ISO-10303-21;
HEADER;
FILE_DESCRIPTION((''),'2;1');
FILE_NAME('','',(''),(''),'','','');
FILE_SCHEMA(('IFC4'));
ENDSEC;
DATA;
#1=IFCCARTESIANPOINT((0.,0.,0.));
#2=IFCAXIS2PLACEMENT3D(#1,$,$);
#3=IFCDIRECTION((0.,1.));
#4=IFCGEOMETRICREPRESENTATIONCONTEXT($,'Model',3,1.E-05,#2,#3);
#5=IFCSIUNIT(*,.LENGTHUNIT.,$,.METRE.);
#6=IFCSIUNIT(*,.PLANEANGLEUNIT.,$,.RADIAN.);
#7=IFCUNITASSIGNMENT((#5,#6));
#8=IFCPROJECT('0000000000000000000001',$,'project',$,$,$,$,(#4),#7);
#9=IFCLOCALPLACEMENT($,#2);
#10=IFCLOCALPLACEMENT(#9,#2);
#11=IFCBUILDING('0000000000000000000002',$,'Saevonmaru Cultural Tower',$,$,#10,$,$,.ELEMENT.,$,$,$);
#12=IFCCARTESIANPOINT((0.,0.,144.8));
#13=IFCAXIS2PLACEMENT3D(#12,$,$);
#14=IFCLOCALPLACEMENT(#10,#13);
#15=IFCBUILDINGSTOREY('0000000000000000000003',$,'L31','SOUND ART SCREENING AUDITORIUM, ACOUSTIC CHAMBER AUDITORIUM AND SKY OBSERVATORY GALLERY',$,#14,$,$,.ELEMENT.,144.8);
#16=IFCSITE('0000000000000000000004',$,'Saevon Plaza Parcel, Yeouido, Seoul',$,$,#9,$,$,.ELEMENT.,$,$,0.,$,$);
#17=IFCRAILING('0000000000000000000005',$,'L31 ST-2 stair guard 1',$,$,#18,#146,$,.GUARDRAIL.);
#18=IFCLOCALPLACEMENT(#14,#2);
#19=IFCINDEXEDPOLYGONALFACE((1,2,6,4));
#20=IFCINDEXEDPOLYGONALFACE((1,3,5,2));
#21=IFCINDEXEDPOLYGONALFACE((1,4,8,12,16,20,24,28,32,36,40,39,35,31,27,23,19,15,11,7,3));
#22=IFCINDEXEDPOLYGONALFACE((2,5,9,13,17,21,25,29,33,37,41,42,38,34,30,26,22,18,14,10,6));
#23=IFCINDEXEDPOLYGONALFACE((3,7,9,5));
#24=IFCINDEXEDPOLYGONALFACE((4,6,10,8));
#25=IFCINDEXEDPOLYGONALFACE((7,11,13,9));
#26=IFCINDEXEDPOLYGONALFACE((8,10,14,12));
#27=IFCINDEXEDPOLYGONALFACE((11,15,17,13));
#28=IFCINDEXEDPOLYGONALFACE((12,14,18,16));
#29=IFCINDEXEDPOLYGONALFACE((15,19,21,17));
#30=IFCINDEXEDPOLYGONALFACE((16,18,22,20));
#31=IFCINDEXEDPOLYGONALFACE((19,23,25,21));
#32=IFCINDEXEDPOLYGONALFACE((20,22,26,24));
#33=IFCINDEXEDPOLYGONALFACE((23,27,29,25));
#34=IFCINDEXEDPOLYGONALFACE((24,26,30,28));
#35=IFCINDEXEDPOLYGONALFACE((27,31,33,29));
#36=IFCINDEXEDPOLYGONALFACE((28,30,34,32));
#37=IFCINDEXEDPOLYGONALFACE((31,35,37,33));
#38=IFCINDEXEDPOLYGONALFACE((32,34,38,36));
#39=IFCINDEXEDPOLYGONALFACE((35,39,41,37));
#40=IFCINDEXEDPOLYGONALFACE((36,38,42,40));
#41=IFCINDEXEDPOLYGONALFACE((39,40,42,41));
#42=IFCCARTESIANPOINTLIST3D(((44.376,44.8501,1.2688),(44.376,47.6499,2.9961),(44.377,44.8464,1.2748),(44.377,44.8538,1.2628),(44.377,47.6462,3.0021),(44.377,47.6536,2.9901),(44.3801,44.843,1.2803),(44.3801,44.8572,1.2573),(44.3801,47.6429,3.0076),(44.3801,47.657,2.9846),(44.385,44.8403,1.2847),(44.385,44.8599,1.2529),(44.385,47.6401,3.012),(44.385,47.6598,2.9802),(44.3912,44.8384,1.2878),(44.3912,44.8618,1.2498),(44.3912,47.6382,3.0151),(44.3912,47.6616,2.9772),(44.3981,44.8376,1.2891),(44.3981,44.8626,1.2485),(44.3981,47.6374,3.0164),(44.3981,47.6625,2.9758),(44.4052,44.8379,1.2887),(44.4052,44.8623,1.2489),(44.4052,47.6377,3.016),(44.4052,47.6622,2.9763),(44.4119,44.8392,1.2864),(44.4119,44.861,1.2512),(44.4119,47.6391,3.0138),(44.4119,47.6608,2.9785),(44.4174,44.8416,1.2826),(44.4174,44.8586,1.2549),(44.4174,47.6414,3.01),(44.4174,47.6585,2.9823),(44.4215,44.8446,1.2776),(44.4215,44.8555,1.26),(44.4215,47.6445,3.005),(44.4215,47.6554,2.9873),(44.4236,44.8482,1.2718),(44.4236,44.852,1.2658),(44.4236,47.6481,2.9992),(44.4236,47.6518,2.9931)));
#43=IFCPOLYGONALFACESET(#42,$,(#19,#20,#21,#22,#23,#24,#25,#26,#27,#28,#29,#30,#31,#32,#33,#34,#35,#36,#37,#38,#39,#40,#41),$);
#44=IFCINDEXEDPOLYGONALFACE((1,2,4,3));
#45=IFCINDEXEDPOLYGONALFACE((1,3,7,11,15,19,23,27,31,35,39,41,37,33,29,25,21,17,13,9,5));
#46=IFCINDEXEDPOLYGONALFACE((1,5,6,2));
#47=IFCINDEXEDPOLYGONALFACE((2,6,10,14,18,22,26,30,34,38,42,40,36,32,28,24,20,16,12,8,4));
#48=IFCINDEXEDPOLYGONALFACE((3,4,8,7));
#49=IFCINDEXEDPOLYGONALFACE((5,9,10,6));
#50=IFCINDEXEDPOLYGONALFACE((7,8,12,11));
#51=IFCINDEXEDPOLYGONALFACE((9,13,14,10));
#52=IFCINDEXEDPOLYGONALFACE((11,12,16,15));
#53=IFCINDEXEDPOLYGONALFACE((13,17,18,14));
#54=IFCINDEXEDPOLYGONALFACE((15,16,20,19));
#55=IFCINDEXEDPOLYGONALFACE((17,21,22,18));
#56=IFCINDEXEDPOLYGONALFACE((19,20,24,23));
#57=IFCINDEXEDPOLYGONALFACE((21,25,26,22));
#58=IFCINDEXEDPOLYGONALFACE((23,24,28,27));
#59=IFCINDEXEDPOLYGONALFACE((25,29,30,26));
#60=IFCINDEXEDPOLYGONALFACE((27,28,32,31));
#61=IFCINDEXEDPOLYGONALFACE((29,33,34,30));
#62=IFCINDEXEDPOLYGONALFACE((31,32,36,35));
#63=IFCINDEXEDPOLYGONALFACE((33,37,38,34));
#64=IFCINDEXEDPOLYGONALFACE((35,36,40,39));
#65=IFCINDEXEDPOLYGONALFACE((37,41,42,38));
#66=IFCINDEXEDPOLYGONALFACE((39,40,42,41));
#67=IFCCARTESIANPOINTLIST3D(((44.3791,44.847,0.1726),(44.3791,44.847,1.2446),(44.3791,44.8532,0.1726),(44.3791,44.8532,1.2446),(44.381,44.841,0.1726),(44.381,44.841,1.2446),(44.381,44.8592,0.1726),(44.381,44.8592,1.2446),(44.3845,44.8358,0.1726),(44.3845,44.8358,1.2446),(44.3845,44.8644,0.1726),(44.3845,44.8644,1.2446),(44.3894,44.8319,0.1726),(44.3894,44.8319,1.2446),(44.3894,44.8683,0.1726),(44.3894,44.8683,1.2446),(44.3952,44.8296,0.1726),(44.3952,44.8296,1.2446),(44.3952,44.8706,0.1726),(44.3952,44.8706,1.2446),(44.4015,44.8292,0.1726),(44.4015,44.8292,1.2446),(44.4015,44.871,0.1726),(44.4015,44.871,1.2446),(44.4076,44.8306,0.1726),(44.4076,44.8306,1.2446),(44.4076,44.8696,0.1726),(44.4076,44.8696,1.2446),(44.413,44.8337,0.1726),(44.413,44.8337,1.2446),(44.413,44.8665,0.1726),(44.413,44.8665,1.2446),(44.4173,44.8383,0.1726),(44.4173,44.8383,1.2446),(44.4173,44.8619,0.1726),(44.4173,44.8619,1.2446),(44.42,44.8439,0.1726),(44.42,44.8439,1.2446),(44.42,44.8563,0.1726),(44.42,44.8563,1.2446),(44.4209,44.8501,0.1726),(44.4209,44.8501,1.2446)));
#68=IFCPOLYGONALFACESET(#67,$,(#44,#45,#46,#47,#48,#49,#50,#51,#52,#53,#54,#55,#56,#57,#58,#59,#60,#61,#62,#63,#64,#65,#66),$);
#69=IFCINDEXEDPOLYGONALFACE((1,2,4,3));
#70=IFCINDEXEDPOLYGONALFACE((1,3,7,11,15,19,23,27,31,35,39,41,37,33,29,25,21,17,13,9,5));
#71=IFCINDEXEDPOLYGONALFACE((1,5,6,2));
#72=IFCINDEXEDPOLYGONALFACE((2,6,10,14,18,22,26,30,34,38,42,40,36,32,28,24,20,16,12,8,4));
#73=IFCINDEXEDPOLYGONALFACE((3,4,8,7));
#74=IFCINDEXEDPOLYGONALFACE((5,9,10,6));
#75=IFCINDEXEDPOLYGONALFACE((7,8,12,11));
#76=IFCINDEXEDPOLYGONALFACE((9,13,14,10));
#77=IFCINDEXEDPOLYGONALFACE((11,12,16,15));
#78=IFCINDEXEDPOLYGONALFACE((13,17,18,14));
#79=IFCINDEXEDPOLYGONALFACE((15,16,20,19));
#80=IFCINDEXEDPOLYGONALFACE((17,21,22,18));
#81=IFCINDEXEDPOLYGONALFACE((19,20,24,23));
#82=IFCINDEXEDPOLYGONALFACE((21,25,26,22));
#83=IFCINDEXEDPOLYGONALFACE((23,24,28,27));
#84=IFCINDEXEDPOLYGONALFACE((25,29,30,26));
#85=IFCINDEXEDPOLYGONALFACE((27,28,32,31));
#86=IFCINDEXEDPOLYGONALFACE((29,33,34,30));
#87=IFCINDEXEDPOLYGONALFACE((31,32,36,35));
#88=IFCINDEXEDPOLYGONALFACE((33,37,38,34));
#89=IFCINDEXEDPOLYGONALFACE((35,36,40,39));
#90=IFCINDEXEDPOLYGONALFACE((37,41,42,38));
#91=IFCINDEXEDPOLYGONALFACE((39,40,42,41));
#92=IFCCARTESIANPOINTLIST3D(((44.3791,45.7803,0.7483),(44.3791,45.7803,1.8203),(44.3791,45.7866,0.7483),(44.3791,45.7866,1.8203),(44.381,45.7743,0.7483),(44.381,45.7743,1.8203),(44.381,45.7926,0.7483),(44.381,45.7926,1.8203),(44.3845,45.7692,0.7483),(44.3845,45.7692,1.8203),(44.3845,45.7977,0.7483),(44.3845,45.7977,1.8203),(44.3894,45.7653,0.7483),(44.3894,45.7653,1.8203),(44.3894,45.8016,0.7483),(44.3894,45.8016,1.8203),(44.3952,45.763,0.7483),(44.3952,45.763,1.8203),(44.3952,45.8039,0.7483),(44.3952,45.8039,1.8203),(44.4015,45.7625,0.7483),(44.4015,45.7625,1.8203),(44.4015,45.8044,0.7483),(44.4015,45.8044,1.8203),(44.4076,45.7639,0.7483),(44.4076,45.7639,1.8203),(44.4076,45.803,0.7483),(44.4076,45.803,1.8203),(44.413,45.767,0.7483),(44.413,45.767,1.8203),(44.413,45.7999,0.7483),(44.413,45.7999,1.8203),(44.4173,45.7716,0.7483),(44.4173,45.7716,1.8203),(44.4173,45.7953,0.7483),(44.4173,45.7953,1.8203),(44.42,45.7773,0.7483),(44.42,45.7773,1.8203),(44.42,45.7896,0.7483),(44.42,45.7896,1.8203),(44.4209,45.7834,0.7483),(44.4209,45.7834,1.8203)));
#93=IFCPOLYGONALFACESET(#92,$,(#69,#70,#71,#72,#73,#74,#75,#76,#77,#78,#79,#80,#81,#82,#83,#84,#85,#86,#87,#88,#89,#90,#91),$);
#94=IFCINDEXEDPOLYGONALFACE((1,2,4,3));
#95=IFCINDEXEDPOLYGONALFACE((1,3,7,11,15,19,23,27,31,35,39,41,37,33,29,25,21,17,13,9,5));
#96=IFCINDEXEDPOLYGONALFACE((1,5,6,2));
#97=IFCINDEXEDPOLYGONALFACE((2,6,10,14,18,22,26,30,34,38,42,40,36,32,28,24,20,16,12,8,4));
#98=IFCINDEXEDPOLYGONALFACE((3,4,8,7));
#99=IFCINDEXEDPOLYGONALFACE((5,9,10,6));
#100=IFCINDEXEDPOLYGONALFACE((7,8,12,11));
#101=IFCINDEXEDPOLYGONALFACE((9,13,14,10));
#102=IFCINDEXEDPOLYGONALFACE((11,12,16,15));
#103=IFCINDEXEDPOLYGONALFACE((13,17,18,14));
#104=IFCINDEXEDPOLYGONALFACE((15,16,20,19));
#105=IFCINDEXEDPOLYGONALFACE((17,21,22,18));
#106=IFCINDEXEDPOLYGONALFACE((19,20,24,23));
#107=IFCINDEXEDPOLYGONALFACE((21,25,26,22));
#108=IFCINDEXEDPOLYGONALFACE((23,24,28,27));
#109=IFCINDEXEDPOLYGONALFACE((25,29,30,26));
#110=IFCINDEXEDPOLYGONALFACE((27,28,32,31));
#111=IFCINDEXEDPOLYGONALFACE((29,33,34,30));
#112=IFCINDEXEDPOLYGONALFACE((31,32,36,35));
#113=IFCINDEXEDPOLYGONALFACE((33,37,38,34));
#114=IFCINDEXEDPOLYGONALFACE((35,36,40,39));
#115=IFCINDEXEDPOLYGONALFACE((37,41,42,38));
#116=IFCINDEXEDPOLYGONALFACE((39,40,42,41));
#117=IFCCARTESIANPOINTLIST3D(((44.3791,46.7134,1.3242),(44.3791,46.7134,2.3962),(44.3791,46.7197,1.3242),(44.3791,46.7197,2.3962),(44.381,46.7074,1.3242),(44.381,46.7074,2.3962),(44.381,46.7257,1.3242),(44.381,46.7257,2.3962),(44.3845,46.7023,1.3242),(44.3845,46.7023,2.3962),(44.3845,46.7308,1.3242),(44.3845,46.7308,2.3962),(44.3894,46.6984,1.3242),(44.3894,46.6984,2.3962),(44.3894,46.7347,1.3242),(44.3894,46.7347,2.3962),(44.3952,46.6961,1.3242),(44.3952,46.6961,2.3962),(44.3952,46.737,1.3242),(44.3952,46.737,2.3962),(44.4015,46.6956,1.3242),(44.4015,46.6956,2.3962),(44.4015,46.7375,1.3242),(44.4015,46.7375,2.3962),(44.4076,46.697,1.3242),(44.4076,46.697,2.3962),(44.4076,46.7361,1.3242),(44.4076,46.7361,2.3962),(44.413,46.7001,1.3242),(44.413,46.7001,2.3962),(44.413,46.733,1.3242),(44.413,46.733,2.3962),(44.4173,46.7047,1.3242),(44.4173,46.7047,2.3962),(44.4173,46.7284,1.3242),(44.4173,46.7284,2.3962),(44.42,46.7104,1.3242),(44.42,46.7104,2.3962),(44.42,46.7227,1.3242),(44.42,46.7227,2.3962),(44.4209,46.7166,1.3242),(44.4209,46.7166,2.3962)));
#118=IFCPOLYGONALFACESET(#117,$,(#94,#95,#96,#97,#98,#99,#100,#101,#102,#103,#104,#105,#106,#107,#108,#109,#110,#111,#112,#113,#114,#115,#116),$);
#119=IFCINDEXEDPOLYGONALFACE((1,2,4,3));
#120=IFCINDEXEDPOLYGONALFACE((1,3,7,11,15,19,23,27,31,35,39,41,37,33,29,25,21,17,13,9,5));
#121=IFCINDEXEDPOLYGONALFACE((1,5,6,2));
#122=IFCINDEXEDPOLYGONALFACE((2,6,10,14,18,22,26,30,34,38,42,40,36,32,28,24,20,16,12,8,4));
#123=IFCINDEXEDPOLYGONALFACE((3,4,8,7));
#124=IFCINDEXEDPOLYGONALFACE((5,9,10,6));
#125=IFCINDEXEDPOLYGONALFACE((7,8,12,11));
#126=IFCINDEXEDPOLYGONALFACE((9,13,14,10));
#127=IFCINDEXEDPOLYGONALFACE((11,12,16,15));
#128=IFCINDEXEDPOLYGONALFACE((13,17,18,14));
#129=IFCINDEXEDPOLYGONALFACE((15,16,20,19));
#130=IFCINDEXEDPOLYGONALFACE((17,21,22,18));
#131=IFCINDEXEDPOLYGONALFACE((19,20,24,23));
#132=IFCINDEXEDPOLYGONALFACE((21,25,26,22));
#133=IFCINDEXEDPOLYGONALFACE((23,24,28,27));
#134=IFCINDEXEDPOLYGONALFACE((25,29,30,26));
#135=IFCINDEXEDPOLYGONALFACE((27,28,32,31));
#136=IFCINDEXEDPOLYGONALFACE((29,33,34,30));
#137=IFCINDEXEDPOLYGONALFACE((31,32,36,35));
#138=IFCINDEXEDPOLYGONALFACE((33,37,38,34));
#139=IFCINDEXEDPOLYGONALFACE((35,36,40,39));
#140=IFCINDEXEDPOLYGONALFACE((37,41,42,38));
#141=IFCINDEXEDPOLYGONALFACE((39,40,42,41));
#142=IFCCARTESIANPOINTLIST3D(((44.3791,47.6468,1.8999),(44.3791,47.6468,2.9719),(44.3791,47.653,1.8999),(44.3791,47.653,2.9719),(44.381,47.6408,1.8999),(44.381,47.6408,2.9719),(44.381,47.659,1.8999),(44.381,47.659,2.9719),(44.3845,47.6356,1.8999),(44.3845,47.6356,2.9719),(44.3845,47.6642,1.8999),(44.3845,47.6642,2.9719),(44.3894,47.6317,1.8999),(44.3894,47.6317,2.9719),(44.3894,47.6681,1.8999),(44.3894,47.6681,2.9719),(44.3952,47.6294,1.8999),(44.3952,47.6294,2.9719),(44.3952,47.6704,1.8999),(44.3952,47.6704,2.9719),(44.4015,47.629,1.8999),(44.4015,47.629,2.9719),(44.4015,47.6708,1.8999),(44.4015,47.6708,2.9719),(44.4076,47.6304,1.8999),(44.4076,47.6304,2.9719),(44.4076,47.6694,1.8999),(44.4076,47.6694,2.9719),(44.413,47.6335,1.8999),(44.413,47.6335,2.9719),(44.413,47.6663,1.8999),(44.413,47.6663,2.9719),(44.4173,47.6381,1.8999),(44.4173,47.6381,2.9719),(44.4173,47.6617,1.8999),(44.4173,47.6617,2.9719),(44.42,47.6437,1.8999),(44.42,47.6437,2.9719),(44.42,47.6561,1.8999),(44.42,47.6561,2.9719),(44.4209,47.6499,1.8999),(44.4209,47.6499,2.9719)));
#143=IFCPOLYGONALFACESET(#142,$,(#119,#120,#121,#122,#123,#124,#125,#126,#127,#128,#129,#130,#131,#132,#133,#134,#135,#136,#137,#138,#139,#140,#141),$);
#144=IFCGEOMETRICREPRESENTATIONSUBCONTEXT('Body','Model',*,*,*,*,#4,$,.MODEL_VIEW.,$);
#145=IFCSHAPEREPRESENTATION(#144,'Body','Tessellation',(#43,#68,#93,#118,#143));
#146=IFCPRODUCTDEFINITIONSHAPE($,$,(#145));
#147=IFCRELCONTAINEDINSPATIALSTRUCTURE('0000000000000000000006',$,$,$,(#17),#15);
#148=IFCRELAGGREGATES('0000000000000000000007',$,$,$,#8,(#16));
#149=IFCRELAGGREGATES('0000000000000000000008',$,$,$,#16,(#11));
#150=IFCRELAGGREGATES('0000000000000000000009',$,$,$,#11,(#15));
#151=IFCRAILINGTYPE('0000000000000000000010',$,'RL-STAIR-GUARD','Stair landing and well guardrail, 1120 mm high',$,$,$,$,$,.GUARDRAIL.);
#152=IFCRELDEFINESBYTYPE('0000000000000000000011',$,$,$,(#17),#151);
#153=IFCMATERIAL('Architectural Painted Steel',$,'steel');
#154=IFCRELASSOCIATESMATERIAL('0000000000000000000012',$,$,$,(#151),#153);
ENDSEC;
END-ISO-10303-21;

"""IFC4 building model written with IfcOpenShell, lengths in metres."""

from ifc_helpers import new_model, si_unit, direction, frame, origin, origin_2d, place, context, subcontext, project, spatial, circle, extrude, material, type_object, element, save


model = new_model("IFC4")

# Units and contexts
model_context = context("Model", 3, precision=1e-05, world=origin(), true_north=direction((0.0, 1.0)))
body_context = subcontext(model_context, "Body", "Model", "MODEL_VIEW")
ifc_project = project(units=[si_unit("LENGTHUNIT", "METRE"), si_unit("PLANEANGLEUNIT", "RADIAN")], contexts=[model_context])

# Site, building, storey
site_placement = place(None, origin())
site = spatial("IfcSite", under=ifc_project, at=site_placement, Name="Saevon Plaza Parcel, Yeouido, Seoul", CompositionType="ELEMENT", RefElevation=0.0)
building_placement = place(site_placement, origin())
building = spatial("IfcBuilding", under=site, at=building_placement, Name="Saevonmaru Cultural Tower", CompositionType="ELEMENT")
storey_placement = place(building_placement, frame((0.0, 0.0, 144.8)))
storey = spatial("IfcBuildingStorey", under=building, at=storey_placement, Name="L31", Description="SOUND ART SCREENING AUDITORIUM, ACOUSTIC CHAMBER AUDITORIUM AND SKY OBSERVATORY GALLERY", CompositionType="ELEMENT", Elevation=144.8)

# Railing
ifc_material_1 = material(Name="Architectural Painted Steel", Category="steel")
railing_type_1 = type_object("IfcRailingType", Name="RL-STAIR-GUARD", Description="Stair landing and well guardrail, 1120 mm high", PredefinedType="GUARDRAIL", material=ifc_material_1)
railing_1_placement = place(storey_placement, frame((44.3999, 44.8501, 0.1726)))
element("IfcRailing", 1, at=railing_1_placement, inside=storey, type_object=railing_type_1, Name="L31 ST-2 stair guard 1", PredefinedType="GUARDRAIL", context=body_context, shape_type="SweptSolid", body=[
    extrude(circle(Radius=0.0239, at=origin_2d()), frame((0.0, 0.0, 1.0962), z_axis=(0.0, 0.851069, 0.525054), x_axis=(-1.0, 0.0, 0.0)), (0.0, 0.0, 1.0), 3.2898),
    extrude(circle(Radius=0.021, at=origin_2d()), origin(), (0.0, 0.0, 1.0), 1.072),
    extrude(circle(Radius=0.021, at=origin_2d()), frame((0.0, 0.9333, 0.5757)), (0.0, 0.0, 1.0), 1.072),
    extrude(circle(Radius=0.021, at=origin_2d()), frame((0.0, 1.8665, 1.1516)), (0.0, 0.0, 1.0), 1.072),
    extrude(circle(Radius=0.021, at=origin_2d()), frame((0.0, 2.7998, 1.7273)), (0.0, 0.0, 1.0), 1.072),
])

save(model, "model.ifc")
